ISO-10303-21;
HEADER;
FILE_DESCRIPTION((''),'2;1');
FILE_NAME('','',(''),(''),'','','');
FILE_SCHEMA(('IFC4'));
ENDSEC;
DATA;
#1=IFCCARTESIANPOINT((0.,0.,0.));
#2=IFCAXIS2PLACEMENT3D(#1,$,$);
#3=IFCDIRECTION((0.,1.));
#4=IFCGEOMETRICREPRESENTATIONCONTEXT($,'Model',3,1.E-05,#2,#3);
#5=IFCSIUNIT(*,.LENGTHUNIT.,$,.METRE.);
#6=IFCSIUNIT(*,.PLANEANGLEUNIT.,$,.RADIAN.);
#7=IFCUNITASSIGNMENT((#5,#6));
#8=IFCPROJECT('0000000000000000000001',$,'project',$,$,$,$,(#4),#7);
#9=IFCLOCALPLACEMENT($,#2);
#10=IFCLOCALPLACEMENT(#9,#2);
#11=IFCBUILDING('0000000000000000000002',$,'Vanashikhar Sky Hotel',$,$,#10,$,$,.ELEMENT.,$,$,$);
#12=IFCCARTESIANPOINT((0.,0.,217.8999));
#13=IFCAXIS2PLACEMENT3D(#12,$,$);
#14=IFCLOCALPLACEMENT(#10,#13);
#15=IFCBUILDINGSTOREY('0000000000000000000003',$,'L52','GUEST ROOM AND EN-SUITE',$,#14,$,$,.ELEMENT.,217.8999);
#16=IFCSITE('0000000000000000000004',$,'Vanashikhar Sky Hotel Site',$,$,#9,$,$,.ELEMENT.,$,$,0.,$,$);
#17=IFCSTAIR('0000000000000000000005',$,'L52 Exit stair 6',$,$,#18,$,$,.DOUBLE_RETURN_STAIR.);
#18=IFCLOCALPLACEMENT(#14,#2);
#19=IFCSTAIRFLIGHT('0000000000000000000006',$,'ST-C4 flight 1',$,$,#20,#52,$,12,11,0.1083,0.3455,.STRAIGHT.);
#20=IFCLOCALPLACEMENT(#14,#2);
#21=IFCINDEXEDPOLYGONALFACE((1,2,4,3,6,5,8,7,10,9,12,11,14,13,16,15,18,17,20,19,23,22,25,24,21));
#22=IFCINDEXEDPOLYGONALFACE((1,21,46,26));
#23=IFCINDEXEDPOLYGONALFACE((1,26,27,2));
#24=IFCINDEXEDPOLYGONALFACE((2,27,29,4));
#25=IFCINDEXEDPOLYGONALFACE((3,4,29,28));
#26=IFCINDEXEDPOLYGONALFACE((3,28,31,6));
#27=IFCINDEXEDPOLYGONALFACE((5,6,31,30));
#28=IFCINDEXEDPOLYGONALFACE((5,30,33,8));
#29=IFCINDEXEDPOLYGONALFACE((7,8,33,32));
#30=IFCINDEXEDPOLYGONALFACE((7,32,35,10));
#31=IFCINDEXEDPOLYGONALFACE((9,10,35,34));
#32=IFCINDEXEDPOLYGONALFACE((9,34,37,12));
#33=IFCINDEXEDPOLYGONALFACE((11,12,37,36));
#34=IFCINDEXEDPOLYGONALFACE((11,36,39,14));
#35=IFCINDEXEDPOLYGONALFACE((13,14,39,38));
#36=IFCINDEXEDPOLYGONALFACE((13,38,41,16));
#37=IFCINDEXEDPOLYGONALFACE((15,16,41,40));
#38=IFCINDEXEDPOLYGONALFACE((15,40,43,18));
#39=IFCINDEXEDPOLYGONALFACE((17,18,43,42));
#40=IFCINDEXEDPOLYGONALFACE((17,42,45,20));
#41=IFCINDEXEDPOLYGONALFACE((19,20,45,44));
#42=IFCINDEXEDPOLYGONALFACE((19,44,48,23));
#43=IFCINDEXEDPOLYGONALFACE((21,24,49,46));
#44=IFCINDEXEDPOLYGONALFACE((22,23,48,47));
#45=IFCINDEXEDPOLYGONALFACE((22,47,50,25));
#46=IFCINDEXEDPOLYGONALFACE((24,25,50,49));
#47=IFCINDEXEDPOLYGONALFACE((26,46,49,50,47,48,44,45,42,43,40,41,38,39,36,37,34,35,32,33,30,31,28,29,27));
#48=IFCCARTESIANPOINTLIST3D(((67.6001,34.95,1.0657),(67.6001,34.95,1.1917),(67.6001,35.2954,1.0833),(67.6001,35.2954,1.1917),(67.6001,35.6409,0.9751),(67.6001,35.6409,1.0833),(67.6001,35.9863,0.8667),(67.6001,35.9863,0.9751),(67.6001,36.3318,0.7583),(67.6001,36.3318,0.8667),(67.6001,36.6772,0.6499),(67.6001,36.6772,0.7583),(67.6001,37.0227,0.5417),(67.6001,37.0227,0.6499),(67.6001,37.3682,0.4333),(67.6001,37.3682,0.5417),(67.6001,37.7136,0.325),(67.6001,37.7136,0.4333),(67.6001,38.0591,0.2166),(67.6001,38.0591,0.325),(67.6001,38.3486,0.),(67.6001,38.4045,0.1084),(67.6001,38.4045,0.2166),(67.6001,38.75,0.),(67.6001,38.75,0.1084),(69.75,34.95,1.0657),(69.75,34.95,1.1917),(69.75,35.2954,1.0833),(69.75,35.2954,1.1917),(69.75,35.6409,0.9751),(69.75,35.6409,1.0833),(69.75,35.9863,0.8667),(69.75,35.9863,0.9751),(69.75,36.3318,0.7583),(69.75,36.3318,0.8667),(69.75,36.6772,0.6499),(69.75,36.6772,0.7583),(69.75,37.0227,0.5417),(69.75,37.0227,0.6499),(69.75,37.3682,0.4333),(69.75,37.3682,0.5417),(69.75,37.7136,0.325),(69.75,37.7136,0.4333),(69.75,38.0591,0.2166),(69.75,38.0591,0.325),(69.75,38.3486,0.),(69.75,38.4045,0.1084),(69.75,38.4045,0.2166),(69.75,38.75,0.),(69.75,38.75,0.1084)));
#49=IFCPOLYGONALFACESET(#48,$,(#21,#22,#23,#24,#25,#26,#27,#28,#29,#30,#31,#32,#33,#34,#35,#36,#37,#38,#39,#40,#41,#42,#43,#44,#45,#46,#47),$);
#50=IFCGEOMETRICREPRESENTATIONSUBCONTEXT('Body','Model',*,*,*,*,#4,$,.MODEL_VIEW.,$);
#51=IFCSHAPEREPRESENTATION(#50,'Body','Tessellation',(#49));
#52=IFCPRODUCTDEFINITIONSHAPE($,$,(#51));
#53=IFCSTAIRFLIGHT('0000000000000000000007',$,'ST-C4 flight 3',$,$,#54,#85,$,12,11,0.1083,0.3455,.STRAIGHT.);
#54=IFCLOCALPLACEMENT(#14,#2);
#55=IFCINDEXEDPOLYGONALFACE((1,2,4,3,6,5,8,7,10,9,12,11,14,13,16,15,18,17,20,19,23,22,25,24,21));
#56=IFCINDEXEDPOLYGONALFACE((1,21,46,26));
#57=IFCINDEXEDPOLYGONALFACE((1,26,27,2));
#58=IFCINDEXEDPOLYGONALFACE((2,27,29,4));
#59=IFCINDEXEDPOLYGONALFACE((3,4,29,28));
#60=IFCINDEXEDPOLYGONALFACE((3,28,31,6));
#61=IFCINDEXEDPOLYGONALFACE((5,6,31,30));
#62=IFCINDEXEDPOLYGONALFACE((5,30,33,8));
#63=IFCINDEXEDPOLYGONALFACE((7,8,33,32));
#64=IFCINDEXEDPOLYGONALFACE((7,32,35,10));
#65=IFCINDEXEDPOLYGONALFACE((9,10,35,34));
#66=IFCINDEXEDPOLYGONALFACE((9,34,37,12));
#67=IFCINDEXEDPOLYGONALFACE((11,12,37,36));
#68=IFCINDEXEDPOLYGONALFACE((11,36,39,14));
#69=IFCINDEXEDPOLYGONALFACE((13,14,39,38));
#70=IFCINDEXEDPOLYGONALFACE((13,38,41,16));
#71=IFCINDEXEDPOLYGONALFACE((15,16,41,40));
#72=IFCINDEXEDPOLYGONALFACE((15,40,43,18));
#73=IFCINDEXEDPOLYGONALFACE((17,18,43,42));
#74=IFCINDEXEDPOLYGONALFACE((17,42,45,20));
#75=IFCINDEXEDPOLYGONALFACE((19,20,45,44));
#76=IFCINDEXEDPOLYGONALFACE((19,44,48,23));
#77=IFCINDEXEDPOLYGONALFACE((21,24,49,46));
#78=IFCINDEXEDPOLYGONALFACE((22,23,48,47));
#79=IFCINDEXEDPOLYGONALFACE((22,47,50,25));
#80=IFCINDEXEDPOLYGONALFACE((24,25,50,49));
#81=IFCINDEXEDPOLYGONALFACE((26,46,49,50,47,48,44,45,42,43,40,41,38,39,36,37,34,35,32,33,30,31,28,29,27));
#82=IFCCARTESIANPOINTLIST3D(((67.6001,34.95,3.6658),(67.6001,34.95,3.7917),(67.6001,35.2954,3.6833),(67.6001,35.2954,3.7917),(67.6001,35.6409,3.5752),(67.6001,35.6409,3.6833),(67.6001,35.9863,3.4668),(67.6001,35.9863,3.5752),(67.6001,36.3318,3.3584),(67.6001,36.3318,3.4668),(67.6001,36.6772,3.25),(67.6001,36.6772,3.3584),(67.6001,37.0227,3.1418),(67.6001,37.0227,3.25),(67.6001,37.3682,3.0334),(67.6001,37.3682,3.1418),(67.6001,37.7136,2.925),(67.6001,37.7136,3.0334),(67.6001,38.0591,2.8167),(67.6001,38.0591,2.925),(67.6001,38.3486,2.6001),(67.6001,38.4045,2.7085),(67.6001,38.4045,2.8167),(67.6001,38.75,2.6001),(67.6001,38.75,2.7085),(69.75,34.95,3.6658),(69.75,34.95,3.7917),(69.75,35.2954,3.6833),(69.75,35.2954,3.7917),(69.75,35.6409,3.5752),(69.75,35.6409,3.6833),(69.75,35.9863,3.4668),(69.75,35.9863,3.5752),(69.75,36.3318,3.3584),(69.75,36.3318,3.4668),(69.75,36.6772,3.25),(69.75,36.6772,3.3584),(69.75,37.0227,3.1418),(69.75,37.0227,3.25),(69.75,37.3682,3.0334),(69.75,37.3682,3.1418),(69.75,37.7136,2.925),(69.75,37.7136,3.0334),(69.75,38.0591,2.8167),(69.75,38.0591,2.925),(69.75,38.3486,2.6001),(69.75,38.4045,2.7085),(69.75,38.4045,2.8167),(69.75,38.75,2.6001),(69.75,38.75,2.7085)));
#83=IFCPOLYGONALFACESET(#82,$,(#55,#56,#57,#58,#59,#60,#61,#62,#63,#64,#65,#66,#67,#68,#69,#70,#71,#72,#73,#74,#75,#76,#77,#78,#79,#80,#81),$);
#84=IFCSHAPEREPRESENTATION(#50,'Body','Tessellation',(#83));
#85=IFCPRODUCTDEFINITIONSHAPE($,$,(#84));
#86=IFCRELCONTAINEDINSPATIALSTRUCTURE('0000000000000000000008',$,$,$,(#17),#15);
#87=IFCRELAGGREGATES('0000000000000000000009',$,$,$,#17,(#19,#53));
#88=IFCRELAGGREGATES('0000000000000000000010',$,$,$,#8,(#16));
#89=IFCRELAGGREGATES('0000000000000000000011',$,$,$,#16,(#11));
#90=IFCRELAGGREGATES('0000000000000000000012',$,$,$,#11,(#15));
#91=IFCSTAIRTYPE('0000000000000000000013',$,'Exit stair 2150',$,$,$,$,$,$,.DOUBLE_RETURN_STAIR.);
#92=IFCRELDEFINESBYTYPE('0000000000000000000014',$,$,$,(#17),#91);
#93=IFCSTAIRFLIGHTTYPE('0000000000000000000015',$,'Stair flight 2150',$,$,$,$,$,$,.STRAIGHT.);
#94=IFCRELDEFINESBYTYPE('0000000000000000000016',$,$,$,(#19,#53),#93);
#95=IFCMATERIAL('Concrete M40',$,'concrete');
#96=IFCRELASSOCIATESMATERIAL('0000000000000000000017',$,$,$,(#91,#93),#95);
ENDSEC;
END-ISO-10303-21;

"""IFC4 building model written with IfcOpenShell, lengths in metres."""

from ifc_helpers import new_model, si_unit, direction, frame, origin, place, context, subcontext, project, spatial, polyline, outline, extrude, source, transform, mapped, material, type_object, element, aggregate, save


model = new_model("IFC4")

# Units and contexts
model_context = context("Model", 3, precision=1e-05, world=origin(), true_north=direction((0.0, 1.0)))
body_context = subcontext(model_context, "Body", "Model", "MODEL_VIEW")
ifc_project = project(units=[si_unit("LENGTHUNIT", "METRE"), si_unit("PLANEANGLEUNIT", "RADIAN")], contexts=[model_context])

# Site, building, storey
site_placement = place(None, origin())
site = spatial("IfcSite", under=ifc_project, at=site_placement, Name="Vanashikhar Sky Hotel Site", CompositionType="ELEMENT", RefElevation=0.0)
building_placement = place(site_placement, origin())
building = spatial("IfcBuilding", under=site, at=building_placement, Name="Vanashikhar Sky Hotel", CompositionType="ELEMENT")
storey_placement = place(building_placement, frame((0.0, 0.0, 217.8999)))
storey = spatial("IfcBuildingStorey", under=building, at=storey_placement, Name="L52", Description="GUEST ROOM AND EN-SUITE", CompositionType="ELEMENT", Elevation=217.8999)

# Stair, stair flights
ifc_material_1 = material(Name="Concrete M40", Category="concrete")
stair_type = type_object("IfcStairType", Name="Exit stair 2150", PredefinedType="DOUBLE_RETURN_STAIR", material=ifc_material_1)
stair_flight_type = type_object("IfcStairFlightType", Name="Stair flight 2150", PredefinedType="STRAIGHT", material=ifc_material_1)
shared_shape_1 = source(origin(), body_context, "Body", "SweptSolid", [
    extrude(outline(polyline([(0.0, 0.0), (0.0, 0.1084), (0.3455, 0.1084), (0.3455, 0.2166), (0.6909, 0.2166), (0.6909, 0.325), (1.0364, 0.325), (1.0364, 0.4333), (1.3818, 0.4333), (1.3818, 0.5417), (1.7273, 0.5417), (1.7273, 0.6499), (2.0728, 0.6499), (2.0728, 0.7583), (2.4182, 0.7583), (2.4182, 0.8667), (2.7637, 0.8667), (2.7637, 0.9751), (3.1091, 0.9751), (3.1091, 1.0833), (3.4546, 1.0833), (3.4546, 1.1917), (3.8, 1.1917), (3.8, 1.3), (3.8, 1.0657), (0.4014, 0.0), (0.0, 0.0)])), frame((0.0, 1.075, 0.0), z_axis=(0.0, -1.0, 0.0), x_axis=(1.0, 0.0, 0.0)), (0.0, 0.0, 1.0), 2.1499),
])
stair_1_placement = place(storey_placement, origin())
stair_1 = element("IfcStair", 1, at=stair_1_placement, inside=storey, type_object=stair_type, Name="L52 Exit stair 6", PredefinedType="DOUBLE_RETURN_STAIR")
stair_flight_1_placement = place(storey_placement, frame((68.675, 38.75, 0.0), z_axis=(0.0, 0.0, 1.0), x_axis=(0.0, -1.0, 0.0)))
stair_flight_1 = element("IfcStairFlight", 2, at=stair_flight_1_placement, type_object=stair_flight_type, Name="ST-C4 flight 1", NumberOfRisers=12, NumberOfTreads=11, PredefinedType="STRAIGHT", RiserHeight=0.1083, TreadLength=0.3455, context=body_context, shape_type="MappedRepresentation", body=[
    mapped(shared_shape_1, transform((0.0, 0.0, 0.0), scale=1.0)),
])
stair_flight_2_placement = place(storey_placement, frame((68.675, 38.75, 2.6001), z_axis=(0.0, 0.0, 1.0), x_axis=(0.0, -1.0, 0.0)))
stair_flight_2 = element("IfcStairFlight", 3, at=stair_flight_2_placement, type_object=stair_flight_type, Name="ST-C4 flight 3", NumberOfRisers=12, NumberOfTreads=11, PredefinedType="STRAIGHT", RiserHeight=0.1083, TreadLength=0.3455, context=body_context, shape_type="MappedRepresentation", body=[
    mapped(shared_shape_1, transform((0.0, 0.0, 0.0), scale=1.0)),
])
aggregate(stair_1, [stair_flight_1, stair_flight_2])

save(model, "model.ifc")
